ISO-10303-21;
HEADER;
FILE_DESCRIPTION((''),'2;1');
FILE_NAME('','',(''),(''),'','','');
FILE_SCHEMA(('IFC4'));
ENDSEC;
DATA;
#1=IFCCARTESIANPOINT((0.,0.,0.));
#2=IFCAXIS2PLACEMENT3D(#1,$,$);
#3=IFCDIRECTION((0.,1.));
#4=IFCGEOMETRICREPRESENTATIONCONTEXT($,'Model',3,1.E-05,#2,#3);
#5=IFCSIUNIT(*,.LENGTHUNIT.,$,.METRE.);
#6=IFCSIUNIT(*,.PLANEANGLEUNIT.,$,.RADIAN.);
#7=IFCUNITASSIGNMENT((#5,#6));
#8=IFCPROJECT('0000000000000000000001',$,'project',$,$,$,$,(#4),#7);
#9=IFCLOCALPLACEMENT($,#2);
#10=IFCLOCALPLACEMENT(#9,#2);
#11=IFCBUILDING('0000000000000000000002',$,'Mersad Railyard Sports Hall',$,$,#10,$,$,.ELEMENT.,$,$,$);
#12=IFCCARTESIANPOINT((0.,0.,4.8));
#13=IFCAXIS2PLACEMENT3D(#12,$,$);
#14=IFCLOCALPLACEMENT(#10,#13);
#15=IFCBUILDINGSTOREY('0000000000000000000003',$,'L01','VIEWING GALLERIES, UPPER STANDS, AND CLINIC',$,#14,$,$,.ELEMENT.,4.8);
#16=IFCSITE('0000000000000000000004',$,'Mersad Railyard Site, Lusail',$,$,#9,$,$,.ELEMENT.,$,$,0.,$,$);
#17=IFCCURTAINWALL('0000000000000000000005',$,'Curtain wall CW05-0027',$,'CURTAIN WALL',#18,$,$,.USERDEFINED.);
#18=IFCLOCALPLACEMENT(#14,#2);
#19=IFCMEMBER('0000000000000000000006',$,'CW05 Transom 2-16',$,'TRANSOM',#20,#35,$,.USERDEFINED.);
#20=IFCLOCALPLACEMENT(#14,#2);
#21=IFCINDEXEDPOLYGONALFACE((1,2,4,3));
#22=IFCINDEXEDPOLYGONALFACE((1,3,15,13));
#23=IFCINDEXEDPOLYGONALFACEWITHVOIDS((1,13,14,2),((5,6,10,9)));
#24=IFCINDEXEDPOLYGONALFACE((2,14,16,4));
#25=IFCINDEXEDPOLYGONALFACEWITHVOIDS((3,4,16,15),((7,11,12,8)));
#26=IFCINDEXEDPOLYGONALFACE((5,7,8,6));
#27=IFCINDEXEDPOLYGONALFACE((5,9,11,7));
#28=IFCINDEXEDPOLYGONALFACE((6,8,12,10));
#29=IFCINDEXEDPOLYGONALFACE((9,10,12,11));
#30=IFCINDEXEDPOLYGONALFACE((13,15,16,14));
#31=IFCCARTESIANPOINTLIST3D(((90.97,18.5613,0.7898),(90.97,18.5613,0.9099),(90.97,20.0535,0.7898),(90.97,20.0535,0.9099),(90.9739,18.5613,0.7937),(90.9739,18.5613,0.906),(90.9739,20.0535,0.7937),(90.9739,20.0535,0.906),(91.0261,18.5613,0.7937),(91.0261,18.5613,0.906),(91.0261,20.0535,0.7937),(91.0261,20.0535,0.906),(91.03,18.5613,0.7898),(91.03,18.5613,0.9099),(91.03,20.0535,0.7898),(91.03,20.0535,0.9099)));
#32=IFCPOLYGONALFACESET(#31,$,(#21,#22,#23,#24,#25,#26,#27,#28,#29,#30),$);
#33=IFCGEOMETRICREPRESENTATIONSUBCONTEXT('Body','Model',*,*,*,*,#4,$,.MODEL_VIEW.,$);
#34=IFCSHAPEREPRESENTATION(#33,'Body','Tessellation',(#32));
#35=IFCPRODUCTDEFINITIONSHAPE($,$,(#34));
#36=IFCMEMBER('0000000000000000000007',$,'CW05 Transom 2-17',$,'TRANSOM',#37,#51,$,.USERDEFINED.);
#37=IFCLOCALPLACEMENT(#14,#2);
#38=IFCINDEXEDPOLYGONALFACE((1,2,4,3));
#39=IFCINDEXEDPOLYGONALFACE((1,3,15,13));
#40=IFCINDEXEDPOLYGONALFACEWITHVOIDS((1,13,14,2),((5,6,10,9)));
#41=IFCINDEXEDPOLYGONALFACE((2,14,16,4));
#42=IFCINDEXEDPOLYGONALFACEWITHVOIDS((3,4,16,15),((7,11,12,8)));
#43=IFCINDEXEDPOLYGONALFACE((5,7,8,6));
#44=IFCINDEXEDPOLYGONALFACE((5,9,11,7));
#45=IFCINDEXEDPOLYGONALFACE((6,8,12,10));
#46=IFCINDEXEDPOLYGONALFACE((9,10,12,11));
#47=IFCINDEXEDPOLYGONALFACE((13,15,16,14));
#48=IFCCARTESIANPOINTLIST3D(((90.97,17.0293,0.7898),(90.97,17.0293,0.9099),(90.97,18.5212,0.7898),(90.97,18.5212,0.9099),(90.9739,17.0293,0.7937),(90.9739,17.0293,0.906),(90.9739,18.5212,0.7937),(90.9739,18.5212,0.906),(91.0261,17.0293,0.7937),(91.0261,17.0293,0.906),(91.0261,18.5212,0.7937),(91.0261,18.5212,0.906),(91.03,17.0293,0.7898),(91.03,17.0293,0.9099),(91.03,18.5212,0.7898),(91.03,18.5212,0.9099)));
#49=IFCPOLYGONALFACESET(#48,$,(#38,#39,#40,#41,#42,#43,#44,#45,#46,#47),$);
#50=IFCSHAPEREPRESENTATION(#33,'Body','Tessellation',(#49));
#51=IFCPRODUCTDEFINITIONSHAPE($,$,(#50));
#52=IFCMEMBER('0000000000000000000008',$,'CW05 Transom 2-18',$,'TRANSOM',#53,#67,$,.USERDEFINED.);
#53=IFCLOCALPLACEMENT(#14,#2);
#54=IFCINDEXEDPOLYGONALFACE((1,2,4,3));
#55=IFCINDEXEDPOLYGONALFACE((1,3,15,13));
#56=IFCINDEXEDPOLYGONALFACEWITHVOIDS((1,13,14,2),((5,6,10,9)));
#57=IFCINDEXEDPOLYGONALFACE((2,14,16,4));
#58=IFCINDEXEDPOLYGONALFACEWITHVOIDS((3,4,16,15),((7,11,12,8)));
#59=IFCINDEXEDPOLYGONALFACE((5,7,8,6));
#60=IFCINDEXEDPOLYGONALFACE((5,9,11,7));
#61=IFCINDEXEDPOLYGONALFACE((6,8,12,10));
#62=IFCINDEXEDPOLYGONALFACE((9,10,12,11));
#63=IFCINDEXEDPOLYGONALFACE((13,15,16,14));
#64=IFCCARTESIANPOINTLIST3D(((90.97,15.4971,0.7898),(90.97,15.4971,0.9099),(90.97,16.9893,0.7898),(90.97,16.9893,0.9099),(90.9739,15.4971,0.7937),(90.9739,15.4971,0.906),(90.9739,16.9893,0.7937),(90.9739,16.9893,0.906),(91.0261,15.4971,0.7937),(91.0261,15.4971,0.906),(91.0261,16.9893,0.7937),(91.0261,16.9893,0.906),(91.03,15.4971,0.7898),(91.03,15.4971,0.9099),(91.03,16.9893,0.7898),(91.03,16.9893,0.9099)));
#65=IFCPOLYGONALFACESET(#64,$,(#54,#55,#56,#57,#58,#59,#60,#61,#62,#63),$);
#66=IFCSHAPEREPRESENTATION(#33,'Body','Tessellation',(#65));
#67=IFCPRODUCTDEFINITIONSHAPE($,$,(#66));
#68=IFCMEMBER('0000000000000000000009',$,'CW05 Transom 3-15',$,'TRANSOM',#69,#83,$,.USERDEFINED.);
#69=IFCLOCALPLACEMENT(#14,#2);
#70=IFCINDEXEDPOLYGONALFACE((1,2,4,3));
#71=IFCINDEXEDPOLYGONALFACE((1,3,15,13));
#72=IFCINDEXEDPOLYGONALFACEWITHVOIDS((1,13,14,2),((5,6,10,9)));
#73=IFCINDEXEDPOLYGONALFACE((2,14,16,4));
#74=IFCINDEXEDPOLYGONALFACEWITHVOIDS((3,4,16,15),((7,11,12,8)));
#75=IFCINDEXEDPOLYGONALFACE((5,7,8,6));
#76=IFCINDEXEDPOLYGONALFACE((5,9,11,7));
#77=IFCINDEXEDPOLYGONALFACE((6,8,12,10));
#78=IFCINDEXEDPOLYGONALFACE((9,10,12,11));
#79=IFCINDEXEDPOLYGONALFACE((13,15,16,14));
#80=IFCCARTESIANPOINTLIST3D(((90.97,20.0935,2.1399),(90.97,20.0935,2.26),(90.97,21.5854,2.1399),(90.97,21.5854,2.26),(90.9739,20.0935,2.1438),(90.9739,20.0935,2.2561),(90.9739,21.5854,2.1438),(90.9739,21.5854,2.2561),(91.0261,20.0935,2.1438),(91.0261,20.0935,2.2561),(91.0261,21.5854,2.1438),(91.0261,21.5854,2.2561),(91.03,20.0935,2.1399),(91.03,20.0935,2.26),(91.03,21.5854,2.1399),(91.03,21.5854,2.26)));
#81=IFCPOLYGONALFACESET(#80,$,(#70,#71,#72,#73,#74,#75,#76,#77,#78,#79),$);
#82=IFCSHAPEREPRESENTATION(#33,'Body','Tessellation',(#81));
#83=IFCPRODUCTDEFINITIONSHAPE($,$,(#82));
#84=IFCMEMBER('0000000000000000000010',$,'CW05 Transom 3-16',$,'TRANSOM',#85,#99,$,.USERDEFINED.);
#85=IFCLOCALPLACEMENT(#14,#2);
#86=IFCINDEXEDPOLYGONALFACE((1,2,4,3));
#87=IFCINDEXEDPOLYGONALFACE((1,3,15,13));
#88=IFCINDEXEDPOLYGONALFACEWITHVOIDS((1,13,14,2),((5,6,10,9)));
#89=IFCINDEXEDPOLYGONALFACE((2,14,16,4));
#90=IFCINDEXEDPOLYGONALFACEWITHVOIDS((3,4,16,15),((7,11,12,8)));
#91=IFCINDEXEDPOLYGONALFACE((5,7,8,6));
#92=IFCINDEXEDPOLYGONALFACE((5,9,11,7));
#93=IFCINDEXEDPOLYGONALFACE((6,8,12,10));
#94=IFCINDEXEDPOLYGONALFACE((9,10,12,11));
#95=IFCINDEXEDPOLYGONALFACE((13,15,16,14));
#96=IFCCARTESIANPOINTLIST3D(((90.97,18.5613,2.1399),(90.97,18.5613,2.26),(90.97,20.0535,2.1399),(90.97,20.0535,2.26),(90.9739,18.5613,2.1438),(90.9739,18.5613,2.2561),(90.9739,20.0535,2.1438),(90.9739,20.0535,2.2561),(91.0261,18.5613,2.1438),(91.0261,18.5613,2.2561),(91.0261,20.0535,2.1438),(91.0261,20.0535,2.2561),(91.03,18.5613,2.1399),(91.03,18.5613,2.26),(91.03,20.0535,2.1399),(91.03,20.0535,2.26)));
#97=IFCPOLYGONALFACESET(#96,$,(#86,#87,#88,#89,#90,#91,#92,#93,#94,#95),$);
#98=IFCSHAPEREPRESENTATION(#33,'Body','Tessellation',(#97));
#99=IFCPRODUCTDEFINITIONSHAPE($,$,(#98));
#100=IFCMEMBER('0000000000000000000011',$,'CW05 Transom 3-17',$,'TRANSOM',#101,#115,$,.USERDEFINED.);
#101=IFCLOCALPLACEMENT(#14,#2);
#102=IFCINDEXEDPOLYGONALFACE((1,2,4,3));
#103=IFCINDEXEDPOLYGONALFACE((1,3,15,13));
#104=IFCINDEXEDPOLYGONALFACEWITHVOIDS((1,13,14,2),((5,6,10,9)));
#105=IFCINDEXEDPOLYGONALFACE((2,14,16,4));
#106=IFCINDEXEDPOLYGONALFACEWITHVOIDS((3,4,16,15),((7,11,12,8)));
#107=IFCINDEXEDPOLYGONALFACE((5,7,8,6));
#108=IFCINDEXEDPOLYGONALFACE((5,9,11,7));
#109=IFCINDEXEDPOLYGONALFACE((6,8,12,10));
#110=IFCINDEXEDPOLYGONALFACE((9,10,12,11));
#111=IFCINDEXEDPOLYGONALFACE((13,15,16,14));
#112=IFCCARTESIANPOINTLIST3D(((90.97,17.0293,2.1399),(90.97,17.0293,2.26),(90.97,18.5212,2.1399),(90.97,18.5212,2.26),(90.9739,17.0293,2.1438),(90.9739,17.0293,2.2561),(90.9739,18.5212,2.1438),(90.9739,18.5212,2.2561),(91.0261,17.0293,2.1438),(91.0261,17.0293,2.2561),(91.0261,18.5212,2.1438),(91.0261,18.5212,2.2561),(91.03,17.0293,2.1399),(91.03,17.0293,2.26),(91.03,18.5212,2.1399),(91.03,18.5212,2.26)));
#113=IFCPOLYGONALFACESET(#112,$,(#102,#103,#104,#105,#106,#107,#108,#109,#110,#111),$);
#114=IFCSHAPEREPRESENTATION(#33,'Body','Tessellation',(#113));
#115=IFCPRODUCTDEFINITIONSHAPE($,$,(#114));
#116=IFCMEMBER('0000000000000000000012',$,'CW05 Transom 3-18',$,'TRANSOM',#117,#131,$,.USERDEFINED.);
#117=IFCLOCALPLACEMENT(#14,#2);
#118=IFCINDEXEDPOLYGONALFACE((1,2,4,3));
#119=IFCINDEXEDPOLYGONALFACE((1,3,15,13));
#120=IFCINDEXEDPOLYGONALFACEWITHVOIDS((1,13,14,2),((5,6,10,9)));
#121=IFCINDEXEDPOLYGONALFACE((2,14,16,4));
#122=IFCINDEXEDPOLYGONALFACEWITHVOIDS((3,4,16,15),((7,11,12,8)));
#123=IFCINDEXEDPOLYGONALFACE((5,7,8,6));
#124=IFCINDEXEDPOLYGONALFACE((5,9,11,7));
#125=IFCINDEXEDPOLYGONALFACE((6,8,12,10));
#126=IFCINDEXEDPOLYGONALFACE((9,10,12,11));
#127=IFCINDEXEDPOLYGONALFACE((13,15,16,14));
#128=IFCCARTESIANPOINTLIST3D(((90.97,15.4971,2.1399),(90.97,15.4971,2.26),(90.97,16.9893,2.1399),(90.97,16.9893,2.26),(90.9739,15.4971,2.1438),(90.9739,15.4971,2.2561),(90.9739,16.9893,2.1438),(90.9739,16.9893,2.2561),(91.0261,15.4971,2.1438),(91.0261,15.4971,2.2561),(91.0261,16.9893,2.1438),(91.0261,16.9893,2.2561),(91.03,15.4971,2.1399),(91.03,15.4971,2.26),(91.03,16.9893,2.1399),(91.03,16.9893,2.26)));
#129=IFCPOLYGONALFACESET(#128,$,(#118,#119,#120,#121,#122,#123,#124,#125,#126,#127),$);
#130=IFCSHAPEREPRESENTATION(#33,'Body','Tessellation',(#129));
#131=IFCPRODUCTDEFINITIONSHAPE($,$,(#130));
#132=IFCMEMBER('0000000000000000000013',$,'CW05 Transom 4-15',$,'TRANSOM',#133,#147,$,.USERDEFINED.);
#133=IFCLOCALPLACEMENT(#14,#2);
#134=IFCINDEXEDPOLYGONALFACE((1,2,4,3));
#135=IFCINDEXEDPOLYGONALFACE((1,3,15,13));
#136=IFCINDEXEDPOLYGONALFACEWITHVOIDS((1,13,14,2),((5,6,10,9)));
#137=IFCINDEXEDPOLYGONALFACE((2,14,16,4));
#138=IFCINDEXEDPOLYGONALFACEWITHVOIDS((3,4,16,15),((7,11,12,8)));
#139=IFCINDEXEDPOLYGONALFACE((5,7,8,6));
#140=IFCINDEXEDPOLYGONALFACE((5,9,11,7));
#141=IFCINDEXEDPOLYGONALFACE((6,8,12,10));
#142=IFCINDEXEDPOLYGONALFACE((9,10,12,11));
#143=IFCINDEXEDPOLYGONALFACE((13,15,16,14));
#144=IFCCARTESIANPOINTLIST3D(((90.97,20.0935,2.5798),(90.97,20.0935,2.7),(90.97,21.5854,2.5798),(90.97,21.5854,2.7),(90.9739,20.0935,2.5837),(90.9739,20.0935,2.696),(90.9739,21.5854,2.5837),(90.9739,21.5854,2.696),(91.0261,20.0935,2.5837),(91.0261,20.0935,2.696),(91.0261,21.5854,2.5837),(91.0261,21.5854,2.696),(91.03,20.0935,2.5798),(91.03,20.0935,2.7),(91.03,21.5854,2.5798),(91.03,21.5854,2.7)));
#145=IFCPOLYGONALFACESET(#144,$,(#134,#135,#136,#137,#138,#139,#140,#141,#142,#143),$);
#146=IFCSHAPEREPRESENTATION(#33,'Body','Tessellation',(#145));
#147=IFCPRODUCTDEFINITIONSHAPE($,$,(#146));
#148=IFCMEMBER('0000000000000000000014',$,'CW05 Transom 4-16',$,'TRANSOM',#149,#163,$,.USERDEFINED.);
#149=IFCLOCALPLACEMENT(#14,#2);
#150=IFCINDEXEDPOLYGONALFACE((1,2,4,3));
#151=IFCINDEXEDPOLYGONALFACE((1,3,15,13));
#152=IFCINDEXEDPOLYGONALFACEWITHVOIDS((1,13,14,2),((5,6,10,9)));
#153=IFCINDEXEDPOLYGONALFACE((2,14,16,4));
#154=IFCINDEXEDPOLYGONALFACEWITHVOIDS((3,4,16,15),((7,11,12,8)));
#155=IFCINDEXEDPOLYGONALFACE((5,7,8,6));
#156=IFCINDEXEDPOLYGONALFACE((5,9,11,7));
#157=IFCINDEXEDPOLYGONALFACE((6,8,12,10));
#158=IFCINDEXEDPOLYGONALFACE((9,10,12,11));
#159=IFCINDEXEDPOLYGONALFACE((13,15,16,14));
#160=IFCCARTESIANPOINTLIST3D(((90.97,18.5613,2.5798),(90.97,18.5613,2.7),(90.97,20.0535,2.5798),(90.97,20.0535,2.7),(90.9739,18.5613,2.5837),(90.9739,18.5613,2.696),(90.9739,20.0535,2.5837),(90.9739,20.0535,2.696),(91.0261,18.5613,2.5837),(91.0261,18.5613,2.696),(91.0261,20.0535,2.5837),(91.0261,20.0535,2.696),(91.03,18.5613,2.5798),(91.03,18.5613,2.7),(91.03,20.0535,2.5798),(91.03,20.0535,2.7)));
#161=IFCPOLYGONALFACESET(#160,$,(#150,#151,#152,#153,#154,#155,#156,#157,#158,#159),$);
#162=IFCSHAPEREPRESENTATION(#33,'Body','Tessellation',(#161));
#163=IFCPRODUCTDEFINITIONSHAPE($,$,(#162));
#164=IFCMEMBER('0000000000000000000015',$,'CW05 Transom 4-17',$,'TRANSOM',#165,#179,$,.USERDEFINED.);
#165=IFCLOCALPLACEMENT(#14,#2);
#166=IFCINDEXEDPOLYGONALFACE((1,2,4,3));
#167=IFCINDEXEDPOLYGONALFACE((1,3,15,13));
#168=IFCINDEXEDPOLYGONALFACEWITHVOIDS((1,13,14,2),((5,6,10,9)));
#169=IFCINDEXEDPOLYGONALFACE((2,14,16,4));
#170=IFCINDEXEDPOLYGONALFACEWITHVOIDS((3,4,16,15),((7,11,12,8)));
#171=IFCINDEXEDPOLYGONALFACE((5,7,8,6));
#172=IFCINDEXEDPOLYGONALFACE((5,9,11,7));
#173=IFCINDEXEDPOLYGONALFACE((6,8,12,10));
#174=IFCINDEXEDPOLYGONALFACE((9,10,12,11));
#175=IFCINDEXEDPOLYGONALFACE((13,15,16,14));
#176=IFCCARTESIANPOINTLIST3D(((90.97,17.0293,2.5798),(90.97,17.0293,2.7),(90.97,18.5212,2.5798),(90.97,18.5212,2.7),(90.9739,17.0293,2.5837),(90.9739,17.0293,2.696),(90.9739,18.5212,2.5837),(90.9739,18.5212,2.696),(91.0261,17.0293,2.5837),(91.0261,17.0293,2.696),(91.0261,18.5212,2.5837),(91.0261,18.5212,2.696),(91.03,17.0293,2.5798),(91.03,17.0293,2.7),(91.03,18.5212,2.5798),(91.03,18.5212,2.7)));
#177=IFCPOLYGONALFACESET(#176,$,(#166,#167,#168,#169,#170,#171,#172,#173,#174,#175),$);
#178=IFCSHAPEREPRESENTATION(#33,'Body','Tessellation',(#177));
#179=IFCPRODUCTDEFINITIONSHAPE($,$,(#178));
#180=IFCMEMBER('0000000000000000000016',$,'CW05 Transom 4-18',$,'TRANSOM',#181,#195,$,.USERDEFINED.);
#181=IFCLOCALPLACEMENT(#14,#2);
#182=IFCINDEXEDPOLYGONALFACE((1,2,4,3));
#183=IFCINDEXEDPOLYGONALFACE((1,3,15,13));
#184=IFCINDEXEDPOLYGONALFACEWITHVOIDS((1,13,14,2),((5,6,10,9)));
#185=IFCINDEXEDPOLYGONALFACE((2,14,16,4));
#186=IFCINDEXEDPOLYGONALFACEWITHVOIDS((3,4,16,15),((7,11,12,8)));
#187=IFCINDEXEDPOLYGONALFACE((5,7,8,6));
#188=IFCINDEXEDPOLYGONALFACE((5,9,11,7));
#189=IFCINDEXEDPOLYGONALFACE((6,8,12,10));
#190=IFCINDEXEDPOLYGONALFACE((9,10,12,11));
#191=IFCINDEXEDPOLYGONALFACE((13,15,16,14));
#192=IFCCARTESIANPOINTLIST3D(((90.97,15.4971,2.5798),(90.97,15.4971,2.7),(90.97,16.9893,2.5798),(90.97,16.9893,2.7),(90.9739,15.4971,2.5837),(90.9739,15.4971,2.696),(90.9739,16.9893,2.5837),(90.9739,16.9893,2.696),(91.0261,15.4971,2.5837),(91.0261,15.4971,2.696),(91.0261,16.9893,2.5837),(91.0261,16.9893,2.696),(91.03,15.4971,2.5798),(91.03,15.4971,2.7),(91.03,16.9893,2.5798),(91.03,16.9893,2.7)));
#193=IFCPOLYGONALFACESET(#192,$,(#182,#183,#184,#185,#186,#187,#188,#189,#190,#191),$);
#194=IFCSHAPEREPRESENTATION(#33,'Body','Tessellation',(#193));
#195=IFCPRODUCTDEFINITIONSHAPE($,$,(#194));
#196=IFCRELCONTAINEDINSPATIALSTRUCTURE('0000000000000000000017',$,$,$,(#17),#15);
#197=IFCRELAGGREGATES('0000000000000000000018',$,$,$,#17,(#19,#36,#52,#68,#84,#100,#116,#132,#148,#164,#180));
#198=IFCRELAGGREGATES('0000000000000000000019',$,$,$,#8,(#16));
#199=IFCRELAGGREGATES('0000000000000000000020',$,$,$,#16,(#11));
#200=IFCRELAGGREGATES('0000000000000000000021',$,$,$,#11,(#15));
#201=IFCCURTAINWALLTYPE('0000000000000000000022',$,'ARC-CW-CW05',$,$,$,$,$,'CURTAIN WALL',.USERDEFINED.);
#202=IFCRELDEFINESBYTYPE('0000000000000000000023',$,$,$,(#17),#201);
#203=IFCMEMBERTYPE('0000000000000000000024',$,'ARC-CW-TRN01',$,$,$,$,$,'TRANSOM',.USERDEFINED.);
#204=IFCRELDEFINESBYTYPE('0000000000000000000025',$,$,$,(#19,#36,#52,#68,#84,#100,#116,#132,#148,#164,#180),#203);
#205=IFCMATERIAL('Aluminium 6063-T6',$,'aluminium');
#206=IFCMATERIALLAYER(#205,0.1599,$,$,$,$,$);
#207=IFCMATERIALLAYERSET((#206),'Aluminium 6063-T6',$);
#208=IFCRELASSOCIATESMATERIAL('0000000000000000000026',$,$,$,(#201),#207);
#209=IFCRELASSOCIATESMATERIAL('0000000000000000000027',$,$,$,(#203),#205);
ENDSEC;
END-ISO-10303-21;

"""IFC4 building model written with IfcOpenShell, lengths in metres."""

from ifc_helpers import new_model, si_unit, direction, frame, origin, origin_2d, place, context, subcontext, project, spatial, hollow_rectangle, extrude, material, layer, layer_set, material_profile, profile_set, type_object, element, aggregate, save


model = new_model("IFC4")

# Units and contexts
model_context = context("Model", 3, precision=1e-05, world=origin(), true_north=direction((0.0, 1.0)))
body_context = subcontext(model_context, "Body", "Model", "MODEL_VIEW")
ifc_project = project(units=[si_unit("LENGTHUNIT", "METRE"), si_unit("PLANEANGLEUNIT", "RADIAN")], contexts=[model_context])

# Site, building, storey
site_placement = place(None, origin())
site = spatial("IfcSite", under=ifc_project, at=site_placement, Name="Mersad Railyard Site, Lusail", CompositionType="ELEMENT", RefElevation=0.0)
building_placement = place(site_placement, origin())
building = spatial("IfcBuilding", under=site, at=building_placement, Name="Mersad Railyard Sports Hall", CompositionType="ELEMENT")
storey_placement = place(building_placement, frame((0.0, 0.0, 4.8)))
storey = spatial("IfcBuildingStorey", under=building, at=storey_placement, Name="L01", Description="VIEWING GALLERIES, UPPER STANDS, AND CLINIC", CompositionType="ELEMENT", Elevation=4.8)

# Curtain wall, members
ifc_material_1 = material(Name="Aluminium 6063-T6", Category="aluminium")
ifc_layer_1 = layer(ifc_material_1, 0.1599)
ifc_layer_set_1 = layer_set([ifc_layer_1], Name="Aluminium 6063-T6")
curtain_wall_type = type_object("IfcCurtainWallType", Name="ARC-CW-CW05", ElementType="CURTAIN WALL", PredefinedType="USERDEFINED", material=ifc_layer_set_1)
curtain_wall_placement = place(storey_placement, origin())
curtain_wall = element("IfcCurtainWall", 1, at=curtain_wall_placement, inside=storey, type_object=curtain_wall_type, Name="Curtain wall CW05-0027", ObjectType="CURTAIN WALL", PredefinedType="USERDEFINED")
ifc_material_profile_1 = material_profile(ifc_material_1, hollow_rectangle(XDim=0.0601, YDim=0.1201, WallThickness=0.0039, at=origin_2d()), Name="AL TRANSOM 60x120x4")
ifc_profile_set_1 = profile_set([ifc_material_profile_1], Name="Aluminium 6063-T6")
member_type_1 = type_object("IfcMemberType", Name="ARC-CW-TRN01", ElementType="TRANSOM", PredefinedType="USERDEFINED", material=ifc_profile_set_1)
member_1_placement = place(storey_placement, frame((91.0, 20.0535, 0.8499), z_axis=(0.0, -1.0, 0.0), x_axis=(1.0, 0.0, 0.0)))
member_1 = element("IfcMember", 2, at=member_1_placement, type_object=member_type_1, Name="CW05 Transom 2-16", ObjectType="TRANSOM", PredefinedType="USERDEFINED", context=body_context, shape_type="SweptSolid", body=[
    extrude(hollow_rectangle(XDim=0.0601, YDim=0.1201, WallThickness=0.0039, at=origin_2d()), origin(), (0.0, 0.0, 1.0), 1.4922),
])
member_2_placement = place(storey_placement, frame((91.0, 18.5212, 0.8499), z_axis=(0.0, -1.0, 0.0), x_axis=(1.0, 0.0, 0.0)))
member_2 = element("IfcMember", 3, at=member_2_placement, type_object=member_type_1, Name="CW05 Transom 2-17", ObjectType="TRANSOM", PredefinedType="USERDEFINED", context=body_context, shape_type="SweptSolid", body=[
    extrude(hollow_rectangle(XDim=0.0601, YDim=0.1201, WallThickness=0.0039, at=origin_2d()), origin(), (0.0, 0.0, 1.0), 1.4919),
])
member_3_placement = place(storey_placement, frame((91.0, 16.9893, 0.8499), z_axis=(0.0, -1.0, 0.0), x_axis=(1.0, 0.0, 0.0)))
member_3 = element("IfcMember", 4, at=member_3_placement, type_object=member_type_1, Name="CW05 Transom 2-18", ObjectType="TRANSOM", PredefinedType="USERDEFINED", context=body_context, shape_type="SweptSolid", body=[
    extrude(hollow_rectangle(XDim=0.0601, YDim=0.1201, WallThickness=0.0039, at=origin_2d()), origin(), (0.0, 0.0, 1.0), 1.4922),
])
member_4_placement = place(storey_placement, frame((91.0, 21.5854, 2.2), z_axis=(0.0, -1.0, 0.0), x_axis=(1.0, 0.0, 0.0)))
member_4 = element("IfcMember", 5, at=member_4_placement, type_object=member_type_1, Name="CW05 Transom 3-15", ObjectType="TRANSOM", PredefinedType="USERDEFINED", context=body_context, shape_type="SweptSolid", body=[
    extrude(hollow_rectangle(XDim=0.0601, YDim=0.1201, WallThickness=0.0039, at=origin_2d()), origin(), (0.0, 0.0, 1.0), 1.4919),
])
member_5_placement = place(storey_placement, frame((91.0, 20.0535, 2.2), z_axis=(0.0, -1.0, 0.0), x_axis=(1.0, 0.0, 0.0)))
member_5 = element("IfcMember", 6, at=member_5_placement, type_object=member_type_1, Name="CW05 Transom 3-16", ObjectType="TRANSOM", PredefinedType="USERDEFINED", context=body_context, shape_type="SweptSolid", body=[
    extrude(hollow_rectangle(XDim=0.0601, YDim=0.1201, WallThickness=0.0039, at=origin_2d()), origin(), (0.0, 0.0, 1.0), 1.4922),
])
member_6_placement = place(storey_placement, frame((91.0, 18.5212, 2.2), z_axis=(0.0, -1.0, 0.0), x_axis=(1.0, 0.0, 0.0)))
member_6 = element("IfcMember", 7, at=member_6_placement, type_object=member_type_1, Name="CW05 Transom 3-17", ObjectType="TRANSOM", PredefinedType="USERDEFINED", context=body_context, shape_type="SweptSolid", body=[
    extrude(hollow_rectangle(XDim=0.0601, YDim=0.1201, WallThickness=0.0039, at=origin_2d()), origin(), (0.0, 0.0, 1.0), 1.4919),
])
member_7_placement = place(storey_placement, frame((91.0, 16.9893, 2.2), z_axis=(0.0, -1.0, 0.0), x_axis=(1.0, 0.0, 0.0)))
member_7 = element("IfcMember", 8, at=member_7_placement, type_object=member_type_1, Name="CW05 Transom 3-18", ObjectType="TRANSOM", PredefinedType="USERDEFINED", context=body_context, shape_type="SweptSolid", body=[
    extrude(hollow_rectangle(XDim=0.0601, YDim=0.1201, WallThickness=0.0039, at=origin_2d()), origin(), (0.0, 0.0, 1.0), 1.4922),
])
member_8_placement = place(storey_placement, frame((91.0, 21.5854, 2.6399), z_axis=(0.0, -1.0, 0.0), x_axis=(1.0, 0.0, 0.0)))
member_8 = element("IfcMember", 9, at=member_8_placement, type_object=member_type_1, Name="CW05 Transom 4-15", ObjectType="TRANSOM", PredefinedType="USERDEFINED", context=body_context, shape_type="SweptSolid", body=[
    extrude(hollow_rectangle(XDim=0.0601, YDim=0.1201, WallThickness=0.0039, at=origin_2d()), origin(), (0.0, 0.0, 1.0), 1.4919),
])
member_9_placement = place(storey_placement, frame((91.0, 20.0535, 2.6399), z_axis=(0.0, -1.0, 0.0), x_axis=(1.0, 0.0, 0.0)))
member_9 = element("IfcMember", 10, at=member_9_placement, type_object=member_type_1, Name="CW05 Transom 4-16", ObjectType="TRANSOM", PredefinedType="USERDEFINED", context=body_context, shape_type="SweptSolid", body=[
    extrude(hollow_rectangle(XDim=0.0601, YDim=0.1201, WallThickness=0.0039, at=origin_2d()), origin(), (0.0, 0.0, 1.0), 1.4922),
])
member_10_placement = place(storey_placement, frame((91.0, 18.5212, 2.6399), z_axis=(0.0, -1.0, 0.0), x_axis=(1.0, 0.0, 0.0)))
member_10 = element("IfcMember", 11, at=member_10_placement, type_object=member_type_1, Name="CW05 Transom 4-17", ObjectType="TRANSOM", PredefinedType="USERDEFINED", context=body_context, shape_type="SweptSolid", body=[
    extrude(hollow_rectangle(XDim=0.0601, YDim=0.1201, WallThickness=0.0039, at=origin_2d()), origin(), (0.0, 0.0, 1.0), 1.4919),
])
member_11_placement = place(storey_placement, frame((91.0, 16.9893, 2.6399), z_axis=(0.0, -1.0, 0.0), x_axis=(1.0, 0.0, 0.0)))
member_11 = element("IfcMember", 12, at=member_11_placement, type_object=member_type_1, Name="CW05 Transom 4-18", ObjectType="TRANSOM", PredefinedType="USERDEFINED", context=body_context, shape_type="SweptSolid", body=[
    extrude(hollow_rectangle(XDim=0.0601, YDim=0.1201, WallThickness=0.0039, at=origin_2d()), origin(), (0.0, 0.0, 1.0), 1.4922),
])
aggregate(curtain_wall, [member_1, member_2, member_3, member_4, member_5, member_6, member_7, member_8, member_9, member_10, member_11])

save(model, "model.ifc")
